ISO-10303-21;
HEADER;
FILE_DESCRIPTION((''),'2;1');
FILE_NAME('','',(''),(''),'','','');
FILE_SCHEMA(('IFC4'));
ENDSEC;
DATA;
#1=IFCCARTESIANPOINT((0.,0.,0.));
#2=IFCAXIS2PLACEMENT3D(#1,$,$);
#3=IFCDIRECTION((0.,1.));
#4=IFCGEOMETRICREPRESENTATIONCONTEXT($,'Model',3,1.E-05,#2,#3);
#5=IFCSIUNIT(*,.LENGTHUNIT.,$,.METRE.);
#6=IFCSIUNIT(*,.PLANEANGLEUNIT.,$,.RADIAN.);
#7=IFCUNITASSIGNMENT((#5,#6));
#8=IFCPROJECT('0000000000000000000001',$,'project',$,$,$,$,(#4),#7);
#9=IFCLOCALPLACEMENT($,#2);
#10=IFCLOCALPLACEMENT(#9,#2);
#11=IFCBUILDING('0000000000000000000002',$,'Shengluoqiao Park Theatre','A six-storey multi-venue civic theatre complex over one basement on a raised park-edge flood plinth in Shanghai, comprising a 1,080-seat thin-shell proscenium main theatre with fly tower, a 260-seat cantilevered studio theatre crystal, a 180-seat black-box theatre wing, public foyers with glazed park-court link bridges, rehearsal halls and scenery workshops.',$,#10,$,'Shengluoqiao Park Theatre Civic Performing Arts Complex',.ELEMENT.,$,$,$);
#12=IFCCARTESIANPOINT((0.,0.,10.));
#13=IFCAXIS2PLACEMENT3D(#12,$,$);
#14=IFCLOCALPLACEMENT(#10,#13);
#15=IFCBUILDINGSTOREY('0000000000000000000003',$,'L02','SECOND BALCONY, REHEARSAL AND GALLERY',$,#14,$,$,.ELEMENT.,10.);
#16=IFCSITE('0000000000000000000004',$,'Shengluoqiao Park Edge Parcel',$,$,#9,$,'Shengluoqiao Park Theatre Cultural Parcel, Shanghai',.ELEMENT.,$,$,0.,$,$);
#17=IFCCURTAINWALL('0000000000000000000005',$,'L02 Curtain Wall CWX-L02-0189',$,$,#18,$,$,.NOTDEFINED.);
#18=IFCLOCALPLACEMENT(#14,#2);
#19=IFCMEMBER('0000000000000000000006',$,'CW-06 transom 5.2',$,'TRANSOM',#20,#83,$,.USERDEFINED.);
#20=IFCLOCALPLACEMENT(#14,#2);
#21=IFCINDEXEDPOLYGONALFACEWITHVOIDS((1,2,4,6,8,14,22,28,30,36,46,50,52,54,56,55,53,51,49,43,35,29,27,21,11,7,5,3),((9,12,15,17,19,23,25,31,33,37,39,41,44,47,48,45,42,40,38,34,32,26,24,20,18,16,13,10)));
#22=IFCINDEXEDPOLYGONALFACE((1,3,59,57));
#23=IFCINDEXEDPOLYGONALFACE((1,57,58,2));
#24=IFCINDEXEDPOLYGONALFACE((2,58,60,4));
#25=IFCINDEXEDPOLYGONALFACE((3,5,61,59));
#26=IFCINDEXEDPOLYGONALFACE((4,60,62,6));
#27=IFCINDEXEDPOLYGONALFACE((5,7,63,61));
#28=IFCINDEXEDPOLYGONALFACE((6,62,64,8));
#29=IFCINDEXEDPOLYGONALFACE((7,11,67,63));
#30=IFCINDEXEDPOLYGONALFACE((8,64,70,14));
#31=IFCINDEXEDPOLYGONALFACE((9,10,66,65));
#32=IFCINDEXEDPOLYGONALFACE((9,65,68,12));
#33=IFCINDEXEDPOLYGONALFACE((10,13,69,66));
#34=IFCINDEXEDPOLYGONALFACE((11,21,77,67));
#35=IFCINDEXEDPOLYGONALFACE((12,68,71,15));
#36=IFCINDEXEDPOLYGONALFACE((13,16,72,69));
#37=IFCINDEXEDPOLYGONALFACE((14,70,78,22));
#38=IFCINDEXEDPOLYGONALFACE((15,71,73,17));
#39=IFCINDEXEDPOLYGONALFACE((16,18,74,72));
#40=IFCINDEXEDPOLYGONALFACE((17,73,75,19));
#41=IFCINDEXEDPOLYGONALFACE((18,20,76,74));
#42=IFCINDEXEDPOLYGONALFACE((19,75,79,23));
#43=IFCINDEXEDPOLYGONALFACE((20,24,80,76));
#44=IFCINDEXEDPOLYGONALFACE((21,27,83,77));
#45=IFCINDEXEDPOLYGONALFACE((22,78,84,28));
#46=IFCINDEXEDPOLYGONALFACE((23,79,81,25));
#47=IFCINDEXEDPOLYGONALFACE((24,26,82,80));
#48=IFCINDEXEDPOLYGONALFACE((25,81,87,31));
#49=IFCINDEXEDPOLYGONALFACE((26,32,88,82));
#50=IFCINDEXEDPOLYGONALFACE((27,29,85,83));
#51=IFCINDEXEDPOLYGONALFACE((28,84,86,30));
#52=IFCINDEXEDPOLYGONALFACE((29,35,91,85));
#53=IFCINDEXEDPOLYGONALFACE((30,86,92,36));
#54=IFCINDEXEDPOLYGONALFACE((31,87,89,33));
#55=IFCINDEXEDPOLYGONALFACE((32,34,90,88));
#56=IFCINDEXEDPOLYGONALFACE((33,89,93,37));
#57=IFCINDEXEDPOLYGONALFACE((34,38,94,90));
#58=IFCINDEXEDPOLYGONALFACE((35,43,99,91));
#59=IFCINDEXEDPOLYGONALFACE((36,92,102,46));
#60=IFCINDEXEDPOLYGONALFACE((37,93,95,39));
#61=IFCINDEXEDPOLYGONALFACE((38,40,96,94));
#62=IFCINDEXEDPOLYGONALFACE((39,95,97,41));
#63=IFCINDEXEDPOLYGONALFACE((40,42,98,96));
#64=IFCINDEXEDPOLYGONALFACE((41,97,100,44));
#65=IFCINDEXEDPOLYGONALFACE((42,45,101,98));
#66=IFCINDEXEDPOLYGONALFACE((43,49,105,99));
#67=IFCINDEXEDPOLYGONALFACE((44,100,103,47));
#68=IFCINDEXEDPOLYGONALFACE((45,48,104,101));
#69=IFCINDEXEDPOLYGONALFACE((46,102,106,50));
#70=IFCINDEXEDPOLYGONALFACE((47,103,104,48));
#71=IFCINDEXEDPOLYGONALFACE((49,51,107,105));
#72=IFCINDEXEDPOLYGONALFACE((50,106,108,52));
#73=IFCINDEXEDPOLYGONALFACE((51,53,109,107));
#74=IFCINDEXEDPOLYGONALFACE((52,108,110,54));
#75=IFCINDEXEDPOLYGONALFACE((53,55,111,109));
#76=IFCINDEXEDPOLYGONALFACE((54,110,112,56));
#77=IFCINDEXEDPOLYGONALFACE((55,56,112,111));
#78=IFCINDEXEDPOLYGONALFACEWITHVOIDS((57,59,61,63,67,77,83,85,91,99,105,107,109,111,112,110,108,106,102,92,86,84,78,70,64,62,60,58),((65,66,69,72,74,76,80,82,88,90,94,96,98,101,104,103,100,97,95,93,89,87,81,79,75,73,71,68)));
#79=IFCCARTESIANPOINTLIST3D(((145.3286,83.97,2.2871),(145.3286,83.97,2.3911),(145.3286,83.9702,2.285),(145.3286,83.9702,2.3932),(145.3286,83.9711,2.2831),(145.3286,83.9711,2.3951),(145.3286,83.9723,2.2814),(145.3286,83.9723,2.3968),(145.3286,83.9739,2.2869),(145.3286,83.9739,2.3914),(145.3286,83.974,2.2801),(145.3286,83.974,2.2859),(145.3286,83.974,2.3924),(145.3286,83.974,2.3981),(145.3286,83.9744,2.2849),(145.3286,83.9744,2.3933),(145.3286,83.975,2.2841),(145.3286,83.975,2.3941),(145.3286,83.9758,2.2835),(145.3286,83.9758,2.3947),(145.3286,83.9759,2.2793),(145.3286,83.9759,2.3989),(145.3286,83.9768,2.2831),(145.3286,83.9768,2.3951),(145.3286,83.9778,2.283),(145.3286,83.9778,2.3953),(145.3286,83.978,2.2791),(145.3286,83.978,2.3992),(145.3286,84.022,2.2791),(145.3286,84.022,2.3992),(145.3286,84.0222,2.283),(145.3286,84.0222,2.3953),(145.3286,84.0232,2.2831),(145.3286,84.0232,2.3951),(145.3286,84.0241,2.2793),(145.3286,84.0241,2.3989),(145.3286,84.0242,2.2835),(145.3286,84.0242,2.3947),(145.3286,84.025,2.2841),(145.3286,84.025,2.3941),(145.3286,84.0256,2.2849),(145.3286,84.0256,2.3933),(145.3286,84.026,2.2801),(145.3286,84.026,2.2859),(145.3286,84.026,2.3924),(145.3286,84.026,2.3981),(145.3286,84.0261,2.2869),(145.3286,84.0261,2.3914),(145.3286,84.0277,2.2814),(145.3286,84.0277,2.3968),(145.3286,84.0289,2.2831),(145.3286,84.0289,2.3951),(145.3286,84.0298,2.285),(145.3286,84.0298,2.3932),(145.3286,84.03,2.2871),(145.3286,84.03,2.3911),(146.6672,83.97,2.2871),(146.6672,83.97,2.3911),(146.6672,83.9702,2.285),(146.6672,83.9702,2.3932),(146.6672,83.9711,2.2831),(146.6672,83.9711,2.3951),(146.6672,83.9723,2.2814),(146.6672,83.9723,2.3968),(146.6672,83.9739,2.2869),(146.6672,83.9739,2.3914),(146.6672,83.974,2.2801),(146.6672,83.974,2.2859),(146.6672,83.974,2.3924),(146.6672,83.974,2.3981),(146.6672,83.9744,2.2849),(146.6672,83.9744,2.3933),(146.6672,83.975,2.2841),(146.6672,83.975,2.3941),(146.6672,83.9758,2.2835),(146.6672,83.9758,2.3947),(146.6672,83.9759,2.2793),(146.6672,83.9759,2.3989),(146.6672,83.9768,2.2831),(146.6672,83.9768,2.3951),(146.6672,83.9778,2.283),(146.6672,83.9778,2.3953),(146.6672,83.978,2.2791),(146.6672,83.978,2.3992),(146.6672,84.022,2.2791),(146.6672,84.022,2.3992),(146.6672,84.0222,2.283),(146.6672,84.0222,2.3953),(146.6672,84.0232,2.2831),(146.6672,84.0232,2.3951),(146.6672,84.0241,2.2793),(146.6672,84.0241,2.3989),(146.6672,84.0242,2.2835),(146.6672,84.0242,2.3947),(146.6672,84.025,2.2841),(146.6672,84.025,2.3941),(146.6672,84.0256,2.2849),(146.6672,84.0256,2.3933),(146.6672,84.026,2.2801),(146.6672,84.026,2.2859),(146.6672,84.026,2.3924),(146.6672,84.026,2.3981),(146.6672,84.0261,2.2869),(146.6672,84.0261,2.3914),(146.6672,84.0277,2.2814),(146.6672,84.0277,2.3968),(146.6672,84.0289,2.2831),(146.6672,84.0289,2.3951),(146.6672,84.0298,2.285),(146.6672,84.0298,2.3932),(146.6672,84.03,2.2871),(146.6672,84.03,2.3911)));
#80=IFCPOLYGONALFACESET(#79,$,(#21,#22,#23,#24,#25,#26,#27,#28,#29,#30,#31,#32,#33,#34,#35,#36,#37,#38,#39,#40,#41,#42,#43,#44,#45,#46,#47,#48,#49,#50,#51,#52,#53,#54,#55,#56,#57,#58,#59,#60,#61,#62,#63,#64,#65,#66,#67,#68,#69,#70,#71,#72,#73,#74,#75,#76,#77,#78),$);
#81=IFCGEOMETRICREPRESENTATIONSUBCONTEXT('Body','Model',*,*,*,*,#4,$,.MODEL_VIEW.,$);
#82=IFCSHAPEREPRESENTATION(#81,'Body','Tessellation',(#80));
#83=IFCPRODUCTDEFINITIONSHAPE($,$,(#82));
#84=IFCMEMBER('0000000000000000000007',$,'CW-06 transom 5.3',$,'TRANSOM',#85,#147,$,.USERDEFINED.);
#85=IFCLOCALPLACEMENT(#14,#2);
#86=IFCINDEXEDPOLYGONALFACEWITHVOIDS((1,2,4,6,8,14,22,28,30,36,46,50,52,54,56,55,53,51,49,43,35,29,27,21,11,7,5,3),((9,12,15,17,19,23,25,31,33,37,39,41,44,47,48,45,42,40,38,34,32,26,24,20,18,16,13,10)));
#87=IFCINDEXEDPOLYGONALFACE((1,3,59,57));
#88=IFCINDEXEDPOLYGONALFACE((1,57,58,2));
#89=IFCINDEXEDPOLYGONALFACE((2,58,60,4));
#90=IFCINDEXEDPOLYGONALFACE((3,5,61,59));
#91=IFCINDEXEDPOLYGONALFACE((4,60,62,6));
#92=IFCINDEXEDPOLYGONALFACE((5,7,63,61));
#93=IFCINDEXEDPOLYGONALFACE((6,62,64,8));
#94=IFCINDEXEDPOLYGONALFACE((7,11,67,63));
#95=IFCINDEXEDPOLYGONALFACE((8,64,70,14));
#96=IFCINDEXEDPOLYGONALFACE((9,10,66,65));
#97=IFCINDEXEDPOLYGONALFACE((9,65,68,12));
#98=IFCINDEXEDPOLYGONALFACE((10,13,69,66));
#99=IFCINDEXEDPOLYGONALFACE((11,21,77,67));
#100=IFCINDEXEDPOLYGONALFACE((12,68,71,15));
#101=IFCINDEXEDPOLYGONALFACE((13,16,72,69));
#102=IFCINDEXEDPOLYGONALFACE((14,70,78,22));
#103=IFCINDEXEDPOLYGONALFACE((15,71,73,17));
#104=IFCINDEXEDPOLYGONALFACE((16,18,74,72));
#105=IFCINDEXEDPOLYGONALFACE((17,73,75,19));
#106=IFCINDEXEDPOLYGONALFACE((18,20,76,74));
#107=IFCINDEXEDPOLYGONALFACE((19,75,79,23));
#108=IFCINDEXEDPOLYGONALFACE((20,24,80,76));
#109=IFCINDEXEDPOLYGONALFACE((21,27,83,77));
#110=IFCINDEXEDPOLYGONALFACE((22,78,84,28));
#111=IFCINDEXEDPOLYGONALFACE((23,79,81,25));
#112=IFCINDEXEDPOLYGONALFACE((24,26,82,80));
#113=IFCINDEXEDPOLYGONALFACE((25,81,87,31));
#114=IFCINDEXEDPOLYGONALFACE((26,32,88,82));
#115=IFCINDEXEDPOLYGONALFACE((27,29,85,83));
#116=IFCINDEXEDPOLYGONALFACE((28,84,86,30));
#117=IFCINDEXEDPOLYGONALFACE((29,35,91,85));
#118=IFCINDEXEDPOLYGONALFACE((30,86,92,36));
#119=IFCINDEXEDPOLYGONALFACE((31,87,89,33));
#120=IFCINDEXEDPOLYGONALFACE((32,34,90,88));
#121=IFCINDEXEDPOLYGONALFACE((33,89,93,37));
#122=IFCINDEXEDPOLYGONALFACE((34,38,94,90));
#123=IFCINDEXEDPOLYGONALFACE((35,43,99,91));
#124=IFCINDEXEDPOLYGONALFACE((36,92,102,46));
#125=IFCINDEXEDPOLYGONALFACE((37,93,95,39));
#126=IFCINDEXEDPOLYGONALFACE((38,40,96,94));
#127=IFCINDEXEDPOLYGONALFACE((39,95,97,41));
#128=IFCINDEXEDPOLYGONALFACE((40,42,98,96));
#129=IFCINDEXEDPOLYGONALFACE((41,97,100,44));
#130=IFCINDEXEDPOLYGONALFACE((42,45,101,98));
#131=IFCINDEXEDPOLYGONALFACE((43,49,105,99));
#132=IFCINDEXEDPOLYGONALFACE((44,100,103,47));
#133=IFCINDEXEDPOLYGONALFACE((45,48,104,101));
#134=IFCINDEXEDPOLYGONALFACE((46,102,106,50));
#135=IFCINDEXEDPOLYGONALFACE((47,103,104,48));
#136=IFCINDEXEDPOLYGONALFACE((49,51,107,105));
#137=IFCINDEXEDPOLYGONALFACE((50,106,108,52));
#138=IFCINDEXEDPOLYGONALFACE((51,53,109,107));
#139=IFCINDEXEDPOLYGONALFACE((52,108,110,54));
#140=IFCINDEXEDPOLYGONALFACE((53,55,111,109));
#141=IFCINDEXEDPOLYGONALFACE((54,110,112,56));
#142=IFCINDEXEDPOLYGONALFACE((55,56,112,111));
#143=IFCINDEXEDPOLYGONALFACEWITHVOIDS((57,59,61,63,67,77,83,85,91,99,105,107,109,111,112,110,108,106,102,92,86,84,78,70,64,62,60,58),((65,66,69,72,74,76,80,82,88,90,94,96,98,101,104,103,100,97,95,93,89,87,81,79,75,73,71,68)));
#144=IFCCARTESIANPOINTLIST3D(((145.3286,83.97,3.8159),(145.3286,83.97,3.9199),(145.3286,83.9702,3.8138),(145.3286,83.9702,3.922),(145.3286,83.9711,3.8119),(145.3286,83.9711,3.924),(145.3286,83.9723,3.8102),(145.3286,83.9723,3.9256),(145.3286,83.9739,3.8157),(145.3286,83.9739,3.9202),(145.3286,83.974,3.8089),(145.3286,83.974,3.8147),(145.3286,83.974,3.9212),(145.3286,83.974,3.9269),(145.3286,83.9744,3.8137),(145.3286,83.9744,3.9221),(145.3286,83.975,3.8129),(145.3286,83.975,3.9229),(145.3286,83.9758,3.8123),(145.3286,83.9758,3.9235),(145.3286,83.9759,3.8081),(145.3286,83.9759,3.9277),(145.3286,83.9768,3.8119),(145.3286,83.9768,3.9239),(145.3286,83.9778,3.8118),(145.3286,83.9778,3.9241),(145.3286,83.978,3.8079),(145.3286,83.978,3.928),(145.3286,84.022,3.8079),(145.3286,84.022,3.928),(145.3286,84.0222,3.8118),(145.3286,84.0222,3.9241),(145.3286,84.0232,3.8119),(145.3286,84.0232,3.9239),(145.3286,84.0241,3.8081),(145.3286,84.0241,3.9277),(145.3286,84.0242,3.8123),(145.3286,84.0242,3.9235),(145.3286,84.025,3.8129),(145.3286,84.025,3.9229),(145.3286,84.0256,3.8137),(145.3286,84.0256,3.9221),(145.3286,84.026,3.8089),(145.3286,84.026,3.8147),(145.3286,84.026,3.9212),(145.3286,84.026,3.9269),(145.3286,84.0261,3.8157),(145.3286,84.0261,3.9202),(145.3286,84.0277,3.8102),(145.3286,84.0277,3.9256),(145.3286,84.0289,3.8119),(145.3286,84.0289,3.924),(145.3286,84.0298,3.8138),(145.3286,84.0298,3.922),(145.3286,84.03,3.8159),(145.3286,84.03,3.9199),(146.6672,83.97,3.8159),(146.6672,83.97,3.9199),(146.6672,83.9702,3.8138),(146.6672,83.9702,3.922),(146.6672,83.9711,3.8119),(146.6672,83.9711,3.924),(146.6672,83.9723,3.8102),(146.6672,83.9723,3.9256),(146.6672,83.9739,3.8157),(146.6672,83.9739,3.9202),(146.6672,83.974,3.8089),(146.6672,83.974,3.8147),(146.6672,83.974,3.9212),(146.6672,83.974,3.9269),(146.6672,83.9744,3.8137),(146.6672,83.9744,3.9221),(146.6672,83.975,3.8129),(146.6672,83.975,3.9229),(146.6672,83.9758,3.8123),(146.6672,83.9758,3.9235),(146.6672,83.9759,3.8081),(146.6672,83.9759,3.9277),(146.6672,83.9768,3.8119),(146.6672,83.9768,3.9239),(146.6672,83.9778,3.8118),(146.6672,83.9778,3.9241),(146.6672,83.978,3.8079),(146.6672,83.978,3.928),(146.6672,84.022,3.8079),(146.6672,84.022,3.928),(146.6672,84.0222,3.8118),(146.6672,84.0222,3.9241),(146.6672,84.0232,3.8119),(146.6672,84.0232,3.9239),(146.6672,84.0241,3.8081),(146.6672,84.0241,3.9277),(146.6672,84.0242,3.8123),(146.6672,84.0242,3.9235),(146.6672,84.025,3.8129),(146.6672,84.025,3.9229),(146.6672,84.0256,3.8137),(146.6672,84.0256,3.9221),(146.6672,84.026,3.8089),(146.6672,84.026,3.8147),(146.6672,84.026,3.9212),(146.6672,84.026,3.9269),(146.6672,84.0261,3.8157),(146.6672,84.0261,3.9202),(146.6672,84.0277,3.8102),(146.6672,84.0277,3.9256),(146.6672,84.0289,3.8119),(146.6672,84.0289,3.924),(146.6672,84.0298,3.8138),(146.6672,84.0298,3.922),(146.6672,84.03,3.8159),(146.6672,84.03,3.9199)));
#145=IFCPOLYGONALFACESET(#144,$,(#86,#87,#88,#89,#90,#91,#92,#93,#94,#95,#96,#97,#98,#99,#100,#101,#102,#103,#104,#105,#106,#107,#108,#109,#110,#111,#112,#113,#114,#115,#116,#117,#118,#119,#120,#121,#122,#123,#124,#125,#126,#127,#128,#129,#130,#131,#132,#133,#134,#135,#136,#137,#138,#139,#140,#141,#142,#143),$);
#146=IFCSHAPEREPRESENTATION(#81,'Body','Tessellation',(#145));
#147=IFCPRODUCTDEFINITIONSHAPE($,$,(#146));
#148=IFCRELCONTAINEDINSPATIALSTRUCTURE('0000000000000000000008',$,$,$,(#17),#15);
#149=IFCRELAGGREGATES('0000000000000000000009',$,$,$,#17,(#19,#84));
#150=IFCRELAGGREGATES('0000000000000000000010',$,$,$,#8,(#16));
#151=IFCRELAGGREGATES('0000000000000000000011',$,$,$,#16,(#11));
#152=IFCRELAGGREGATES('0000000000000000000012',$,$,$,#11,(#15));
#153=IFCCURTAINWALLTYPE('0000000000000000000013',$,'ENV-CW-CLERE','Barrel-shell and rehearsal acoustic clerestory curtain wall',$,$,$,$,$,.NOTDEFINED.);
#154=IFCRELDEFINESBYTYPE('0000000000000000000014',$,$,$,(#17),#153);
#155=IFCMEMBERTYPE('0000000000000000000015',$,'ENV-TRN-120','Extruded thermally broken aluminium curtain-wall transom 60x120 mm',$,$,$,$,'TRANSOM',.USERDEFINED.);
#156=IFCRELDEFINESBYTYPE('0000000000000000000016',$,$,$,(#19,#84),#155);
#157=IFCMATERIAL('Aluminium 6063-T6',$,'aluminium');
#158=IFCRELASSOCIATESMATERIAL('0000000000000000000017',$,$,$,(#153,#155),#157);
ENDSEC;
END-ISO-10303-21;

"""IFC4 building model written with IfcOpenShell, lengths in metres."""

from ifc_helpers import new_model, si_unit, direction, frame, origin, origin_2d, place, context, subcontext, project, spatial, hollow_rectangle, extrude, material, material_profile, profile_set, type_object, element, aggregate, save


model = new_model("IFC4")

# Units and contexts
model_context = context("Model", 3, precision=1e-05, world=origin(), true_north=direction((0.0, 1.0)))
body_context = subcontext(model_context, "Body", "Model", "MODEL_VIEW")
ifc_project = project(units=[si_unit("LENGTHUNIT", "METRE"), si_unit("PLANEANGLEUNIT", "RADIAN")], contexts=[model_context])

# Site, building, storey
site_placement = place(None, origin())
site = spatial("IfcSite", under=ifc_project, at=site_placement, Name="Shengluoqiao Park Edge Parcel", LongName="Shengluoqiao Park Theatre Cultural Parcel, Shanghai", CompositionType="ELEMENT", RefElevation=0.0)
building_placement = place(site_placement, origin())
building = spatial("IfcBuilding", under=site, at=building_placement, Name="Shengluoqiao Park Theatre", Description="A six-storey multi-venue civic theatre complex over one basement on a raised park-edge flood plinth in Shanghai, comprising a 1,080-seat thin-shell proscenium main theatre with fly tower, a 260-seat cantilevered studio theatre crystal, a 180-seat black-box theatre wing, public foyers with glazed park-court link bridges, rehearsal halls and scenery workshops.", LongName="Shengluoqiao Park Theatre Civic Performing Arts Complex", CompositionType="ELEMENT")
storey_placement = place(building_placement, frame((0.0, 0.0, 10.0)))
storey = spatial("IfcBuildingStorey", under=building, at=storey_placement, Name="L02", Description="SECOND BALCONY, REHEARSAL AND GALLERY", CompositionType="ELEMENT", Elevation=10.0)

# Curtain wall, members
ifc_material_1 = material(Name="Aluminium 6063-T6", Category="aluminium")
curtain_wall_type = type_object("IfcCurtainWallType", Name="ENV-CW-CLERE", Description="Barrel-shell and rehearsal acoustic clerestory curtain wall", PredefinedType="NOTDEFINED", material=ifc_material_1)
curtain_wall_placement = place(storey_placement, origin())
curtain_wall = element("IfcCurtainWall", 1, at=curtain_wall_placement, inside=storey, type_object=curtain_wall_type, Name="L02 Curtain Wall CWX-L02-0189", PredefinedType="NOTDEFINED")
ifc_material_profile_1 = material_profile(ifc_material_1, hollow_rectangle(XDim=0.0601, YDim=0.1201, WallThickness=0.0039, InnerFilletRadius=0.0039, OuterFilletRadius=0.0081, at=origin_2d()), Name="ALU TRANSOM 120x60x4")
ifc_profile_set_1 = profile_set([ifc_material_profile_1], Name="Aluminium 6063-T6")
member_type_1 = type_object("IfcMemberType", Name="ENV-TRN-120", Description="Extruded thermally broken aluminium curtain-wall transom 60x120 mm", ElementType="TRANSOM", PredefinedType="USERDEFINED", material=ifc_profile_set_1)
member_1_placement = place(storey_placement, frame((145.3286, 84.0, 2.3391), z_axis=(1.0, 0.0, 0.0), x_axis=(0.0, 1.0, 0.0)))
member_1 = element("IfcMember", 2, at=member_1_placement, type_object=member_type_1, Name="CW-06 transom 5.2", ObjectType="TRANSOM", PredefinedType="USERDEFINED", context=body_context, shape_type="SweptSolid", body=[
    extrude(hollow_rectangle(XDim=0.0601, YDim=0.1201, WallThickness=0.0039, InnerFilletRadius=0.0039, OuterFilletRadius=0.0081, at=origin_2d()), origin(), (0.0, 0.0, 1.0), 1.3386),
])
member_2_placement = place(storey_placement, frame((145.3286, 84.0, 3.8679), z_axis=(1.0, 0.0, 0.0), x_axis=(0.0, 1.0, 0.0)))
member_2 = element("IfcMember", 3, at=member_2_placement, type_object=member_type_1, Name="CW-06 transom 5.3", ObjectType="TRANSOM", PredefinedType="USERDEFINED", context=body_context, shape_type="SweptSolid", body=[
    extrude(hollow_rectangle(XDim=0.0601, YDim=0.1201, WallThickness=0.0039, InnerFilletRadius=0.0039, OuterFilletRadius=0.0081, at=origin_2d()), origin(), (0.0, 0.0, 1.0), 1.3386),
])

aggregate(curtain_wall, [member_1, member_2])

save(model, "model.ifc")
